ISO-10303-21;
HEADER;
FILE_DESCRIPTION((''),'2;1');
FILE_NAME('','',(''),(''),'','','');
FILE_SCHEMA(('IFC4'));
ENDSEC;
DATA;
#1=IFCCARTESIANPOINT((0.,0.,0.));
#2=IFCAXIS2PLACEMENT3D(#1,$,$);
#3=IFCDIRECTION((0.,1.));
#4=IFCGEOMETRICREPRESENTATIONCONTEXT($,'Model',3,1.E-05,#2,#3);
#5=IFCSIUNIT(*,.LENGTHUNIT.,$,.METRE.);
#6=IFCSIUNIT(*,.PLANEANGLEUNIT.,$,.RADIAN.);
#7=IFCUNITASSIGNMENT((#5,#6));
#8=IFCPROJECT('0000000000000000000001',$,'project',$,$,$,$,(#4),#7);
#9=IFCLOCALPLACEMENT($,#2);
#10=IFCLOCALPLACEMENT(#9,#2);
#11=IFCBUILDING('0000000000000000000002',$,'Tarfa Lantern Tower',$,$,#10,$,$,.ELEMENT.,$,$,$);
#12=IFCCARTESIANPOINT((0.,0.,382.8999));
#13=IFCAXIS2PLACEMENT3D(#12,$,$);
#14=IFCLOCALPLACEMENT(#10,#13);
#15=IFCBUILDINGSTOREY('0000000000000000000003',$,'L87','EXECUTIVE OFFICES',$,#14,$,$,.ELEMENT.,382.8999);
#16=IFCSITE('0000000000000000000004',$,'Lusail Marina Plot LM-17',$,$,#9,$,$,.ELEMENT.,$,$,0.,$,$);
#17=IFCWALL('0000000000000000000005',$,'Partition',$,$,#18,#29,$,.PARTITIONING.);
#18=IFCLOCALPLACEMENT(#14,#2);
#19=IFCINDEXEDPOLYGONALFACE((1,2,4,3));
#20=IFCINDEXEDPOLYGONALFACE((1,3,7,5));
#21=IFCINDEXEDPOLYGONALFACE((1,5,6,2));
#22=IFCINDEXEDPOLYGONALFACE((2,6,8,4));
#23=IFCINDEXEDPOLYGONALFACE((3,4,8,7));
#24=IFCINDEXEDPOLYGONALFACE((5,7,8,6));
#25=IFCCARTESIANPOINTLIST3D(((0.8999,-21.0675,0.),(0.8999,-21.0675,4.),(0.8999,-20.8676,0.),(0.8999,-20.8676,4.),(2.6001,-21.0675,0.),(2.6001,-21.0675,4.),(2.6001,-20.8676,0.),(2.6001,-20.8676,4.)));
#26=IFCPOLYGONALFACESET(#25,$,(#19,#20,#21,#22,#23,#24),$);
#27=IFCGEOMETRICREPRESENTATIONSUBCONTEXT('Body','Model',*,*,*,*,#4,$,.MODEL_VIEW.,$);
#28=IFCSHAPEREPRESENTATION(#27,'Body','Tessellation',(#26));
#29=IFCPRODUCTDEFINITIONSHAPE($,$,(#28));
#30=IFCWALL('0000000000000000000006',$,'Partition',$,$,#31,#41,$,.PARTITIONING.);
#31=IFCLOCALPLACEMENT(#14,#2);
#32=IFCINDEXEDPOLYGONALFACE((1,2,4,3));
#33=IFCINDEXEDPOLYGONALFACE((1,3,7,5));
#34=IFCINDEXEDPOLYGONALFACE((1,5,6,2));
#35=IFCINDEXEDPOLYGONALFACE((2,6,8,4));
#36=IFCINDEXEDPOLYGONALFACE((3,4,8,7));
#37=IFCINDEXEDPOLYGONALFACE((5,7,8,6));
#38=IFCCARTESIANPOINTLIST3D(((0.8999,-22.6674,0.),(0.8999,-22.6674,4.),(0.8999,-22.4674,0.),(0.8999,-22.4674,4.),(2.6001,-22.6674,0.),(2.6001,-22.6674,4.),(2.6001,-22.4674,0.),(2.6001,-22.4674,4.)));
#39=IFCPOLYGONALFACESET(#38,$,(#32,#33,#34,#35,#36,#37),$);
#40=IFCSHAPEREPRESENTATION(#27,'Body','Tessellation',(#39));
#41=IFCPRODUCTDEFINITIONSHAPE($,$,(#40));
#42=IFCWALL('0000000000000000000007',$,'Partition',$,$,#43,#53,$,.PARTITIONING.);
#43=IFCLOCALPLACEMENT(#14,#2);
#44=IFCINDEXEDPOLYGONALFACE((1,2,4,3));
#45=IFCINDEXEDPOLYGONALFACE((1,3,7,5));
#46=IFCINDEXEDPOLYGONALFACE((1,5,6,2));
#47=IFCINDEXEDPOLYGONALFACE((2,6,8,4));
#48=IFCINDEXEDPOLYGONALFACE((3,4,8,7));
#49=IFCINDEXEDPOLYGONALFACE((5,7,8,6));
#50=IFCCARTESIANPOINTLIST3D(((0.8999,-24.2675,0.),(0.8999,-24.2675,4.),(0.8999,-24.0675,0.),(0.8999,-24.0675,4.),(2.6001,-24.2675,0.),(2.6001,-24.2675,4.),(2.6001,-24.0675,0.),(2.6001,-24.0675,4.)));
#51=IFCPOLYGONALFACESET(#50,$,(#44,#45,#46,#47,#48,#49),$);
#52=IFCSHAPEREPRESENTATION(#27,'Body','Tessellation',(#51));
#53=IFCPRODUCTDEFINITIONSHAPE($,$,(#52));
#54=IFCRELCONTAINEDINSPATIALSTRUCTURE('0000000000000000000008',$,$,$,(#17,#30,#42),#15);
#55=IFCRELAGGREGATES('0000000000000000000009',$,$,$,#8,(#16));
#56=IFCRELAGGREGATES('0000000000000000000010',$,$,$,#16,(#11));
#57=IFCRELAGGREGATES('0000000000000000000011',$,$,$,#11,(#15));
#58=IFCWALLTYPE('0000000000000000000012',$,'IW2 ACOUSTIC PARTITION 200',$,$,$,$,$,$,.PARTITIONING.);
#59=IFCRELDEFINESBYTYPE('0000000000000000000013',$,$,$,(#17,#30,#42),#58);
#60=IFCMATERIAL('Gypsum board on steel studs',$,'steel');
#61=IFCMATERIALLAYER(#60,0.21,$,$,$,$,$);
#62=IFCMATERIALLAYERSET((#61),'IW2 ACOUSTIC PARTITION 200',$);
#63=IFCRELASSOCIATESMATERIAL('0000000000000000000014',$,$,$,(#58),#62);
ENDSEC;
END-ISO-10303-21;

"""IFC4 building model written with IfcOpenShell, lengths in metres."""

from ifc_helpers import new_model, si_unit, direction, frame, frame_2d, origin, place, context, subcontext, project, spatial, rectangle, extrude, material, layer, layer_set, type_object, element, save


model = new_model("IFC4")

# Units and contexts
model_context = context("Model", 3, precision=1e-05, world=origin(), true_north=direction((0.0, 1.0)))
body_context = subcontext(model_context, "Body", "Model", "MODEL_VIEW")
ifc_project = project(units=[si_unit("LENGTHUNIT", "METRE"), si_unit("PLANEANGLEUNIT", "RADIAN")], contexts=[model_context])

# Site, building, storey
site_placement = place(None, origin())
site = spatial("IfcSite", under=ifc_project, at=site_placement, Name="Lusail Marina Plot LM-17", CompositionType="ELEMENT", RefElevation=0.0)
building_placement = place(site_placement, origin())
building = spatial("IfcBuilding", under=site, at=building_placement, Name="Tarfa Lantern Tower", CompositionType="ELEMENT")
storey_placement = place(building_placement, frame((0.0, 0.0, 382.8999)))
storey = spatial("IfcBuildingStorey", under=building, at=storey_placement, Name="L87", Description="EXECUTIVE OFFICES", CompositionType="ELEMENT", Elevation=382.8999)

# Walls
ifc_material_1 = material(Name="Gypsum board on steel studs", Category="steel")
ifc_layer_1 = layer(ifc_material_1, 0.21)
ifc_layer_set_1 = layer_set([ifc_layer_1], Name="IW2 ACOUSTIC PARTITION 200")
wall_type = type_object("IfcWallType", Name="IW2 ACOUSTIC PARTITION 200", PredefinedType="PARTITIONING", material=ifc_layer_set_1)
for number, where, z_axis, x_axis, name in (
    (1, (2.6001, -20.9675, 0.0), (0.0, 0.0, 1.0), (-1.0, 0.0, 0.0), "Partition"),
    (2, (2.6001, -22.5674, 0.0), (0.0, 0.0, 1.0), (-1.0, 0.0, 0.0), "Partition"),
    (3, (2.6001, -24.1675, 0.0), (0.0, 0.0, 1.0), (-1.0, 0.0, 0.0), "Partition"),
):
    element("IfcWall", number, at=place(storey_placement, frame(where, z_axis=z_axis, x_axis=x_axis)), inside=storey, type_object=wall_type, Name=name, PredefinedType="PARTITIONING", context=body_context, shape_type="SweptSolid", body=[
        extrude(rectangle(XDim=1.7002, YDim=0.2, at=frame_2d((0.8501, 0.0))), origin(), (0.0, 0.0, 1.0), 4.0),
    ])

save(model, "model.ifc")
